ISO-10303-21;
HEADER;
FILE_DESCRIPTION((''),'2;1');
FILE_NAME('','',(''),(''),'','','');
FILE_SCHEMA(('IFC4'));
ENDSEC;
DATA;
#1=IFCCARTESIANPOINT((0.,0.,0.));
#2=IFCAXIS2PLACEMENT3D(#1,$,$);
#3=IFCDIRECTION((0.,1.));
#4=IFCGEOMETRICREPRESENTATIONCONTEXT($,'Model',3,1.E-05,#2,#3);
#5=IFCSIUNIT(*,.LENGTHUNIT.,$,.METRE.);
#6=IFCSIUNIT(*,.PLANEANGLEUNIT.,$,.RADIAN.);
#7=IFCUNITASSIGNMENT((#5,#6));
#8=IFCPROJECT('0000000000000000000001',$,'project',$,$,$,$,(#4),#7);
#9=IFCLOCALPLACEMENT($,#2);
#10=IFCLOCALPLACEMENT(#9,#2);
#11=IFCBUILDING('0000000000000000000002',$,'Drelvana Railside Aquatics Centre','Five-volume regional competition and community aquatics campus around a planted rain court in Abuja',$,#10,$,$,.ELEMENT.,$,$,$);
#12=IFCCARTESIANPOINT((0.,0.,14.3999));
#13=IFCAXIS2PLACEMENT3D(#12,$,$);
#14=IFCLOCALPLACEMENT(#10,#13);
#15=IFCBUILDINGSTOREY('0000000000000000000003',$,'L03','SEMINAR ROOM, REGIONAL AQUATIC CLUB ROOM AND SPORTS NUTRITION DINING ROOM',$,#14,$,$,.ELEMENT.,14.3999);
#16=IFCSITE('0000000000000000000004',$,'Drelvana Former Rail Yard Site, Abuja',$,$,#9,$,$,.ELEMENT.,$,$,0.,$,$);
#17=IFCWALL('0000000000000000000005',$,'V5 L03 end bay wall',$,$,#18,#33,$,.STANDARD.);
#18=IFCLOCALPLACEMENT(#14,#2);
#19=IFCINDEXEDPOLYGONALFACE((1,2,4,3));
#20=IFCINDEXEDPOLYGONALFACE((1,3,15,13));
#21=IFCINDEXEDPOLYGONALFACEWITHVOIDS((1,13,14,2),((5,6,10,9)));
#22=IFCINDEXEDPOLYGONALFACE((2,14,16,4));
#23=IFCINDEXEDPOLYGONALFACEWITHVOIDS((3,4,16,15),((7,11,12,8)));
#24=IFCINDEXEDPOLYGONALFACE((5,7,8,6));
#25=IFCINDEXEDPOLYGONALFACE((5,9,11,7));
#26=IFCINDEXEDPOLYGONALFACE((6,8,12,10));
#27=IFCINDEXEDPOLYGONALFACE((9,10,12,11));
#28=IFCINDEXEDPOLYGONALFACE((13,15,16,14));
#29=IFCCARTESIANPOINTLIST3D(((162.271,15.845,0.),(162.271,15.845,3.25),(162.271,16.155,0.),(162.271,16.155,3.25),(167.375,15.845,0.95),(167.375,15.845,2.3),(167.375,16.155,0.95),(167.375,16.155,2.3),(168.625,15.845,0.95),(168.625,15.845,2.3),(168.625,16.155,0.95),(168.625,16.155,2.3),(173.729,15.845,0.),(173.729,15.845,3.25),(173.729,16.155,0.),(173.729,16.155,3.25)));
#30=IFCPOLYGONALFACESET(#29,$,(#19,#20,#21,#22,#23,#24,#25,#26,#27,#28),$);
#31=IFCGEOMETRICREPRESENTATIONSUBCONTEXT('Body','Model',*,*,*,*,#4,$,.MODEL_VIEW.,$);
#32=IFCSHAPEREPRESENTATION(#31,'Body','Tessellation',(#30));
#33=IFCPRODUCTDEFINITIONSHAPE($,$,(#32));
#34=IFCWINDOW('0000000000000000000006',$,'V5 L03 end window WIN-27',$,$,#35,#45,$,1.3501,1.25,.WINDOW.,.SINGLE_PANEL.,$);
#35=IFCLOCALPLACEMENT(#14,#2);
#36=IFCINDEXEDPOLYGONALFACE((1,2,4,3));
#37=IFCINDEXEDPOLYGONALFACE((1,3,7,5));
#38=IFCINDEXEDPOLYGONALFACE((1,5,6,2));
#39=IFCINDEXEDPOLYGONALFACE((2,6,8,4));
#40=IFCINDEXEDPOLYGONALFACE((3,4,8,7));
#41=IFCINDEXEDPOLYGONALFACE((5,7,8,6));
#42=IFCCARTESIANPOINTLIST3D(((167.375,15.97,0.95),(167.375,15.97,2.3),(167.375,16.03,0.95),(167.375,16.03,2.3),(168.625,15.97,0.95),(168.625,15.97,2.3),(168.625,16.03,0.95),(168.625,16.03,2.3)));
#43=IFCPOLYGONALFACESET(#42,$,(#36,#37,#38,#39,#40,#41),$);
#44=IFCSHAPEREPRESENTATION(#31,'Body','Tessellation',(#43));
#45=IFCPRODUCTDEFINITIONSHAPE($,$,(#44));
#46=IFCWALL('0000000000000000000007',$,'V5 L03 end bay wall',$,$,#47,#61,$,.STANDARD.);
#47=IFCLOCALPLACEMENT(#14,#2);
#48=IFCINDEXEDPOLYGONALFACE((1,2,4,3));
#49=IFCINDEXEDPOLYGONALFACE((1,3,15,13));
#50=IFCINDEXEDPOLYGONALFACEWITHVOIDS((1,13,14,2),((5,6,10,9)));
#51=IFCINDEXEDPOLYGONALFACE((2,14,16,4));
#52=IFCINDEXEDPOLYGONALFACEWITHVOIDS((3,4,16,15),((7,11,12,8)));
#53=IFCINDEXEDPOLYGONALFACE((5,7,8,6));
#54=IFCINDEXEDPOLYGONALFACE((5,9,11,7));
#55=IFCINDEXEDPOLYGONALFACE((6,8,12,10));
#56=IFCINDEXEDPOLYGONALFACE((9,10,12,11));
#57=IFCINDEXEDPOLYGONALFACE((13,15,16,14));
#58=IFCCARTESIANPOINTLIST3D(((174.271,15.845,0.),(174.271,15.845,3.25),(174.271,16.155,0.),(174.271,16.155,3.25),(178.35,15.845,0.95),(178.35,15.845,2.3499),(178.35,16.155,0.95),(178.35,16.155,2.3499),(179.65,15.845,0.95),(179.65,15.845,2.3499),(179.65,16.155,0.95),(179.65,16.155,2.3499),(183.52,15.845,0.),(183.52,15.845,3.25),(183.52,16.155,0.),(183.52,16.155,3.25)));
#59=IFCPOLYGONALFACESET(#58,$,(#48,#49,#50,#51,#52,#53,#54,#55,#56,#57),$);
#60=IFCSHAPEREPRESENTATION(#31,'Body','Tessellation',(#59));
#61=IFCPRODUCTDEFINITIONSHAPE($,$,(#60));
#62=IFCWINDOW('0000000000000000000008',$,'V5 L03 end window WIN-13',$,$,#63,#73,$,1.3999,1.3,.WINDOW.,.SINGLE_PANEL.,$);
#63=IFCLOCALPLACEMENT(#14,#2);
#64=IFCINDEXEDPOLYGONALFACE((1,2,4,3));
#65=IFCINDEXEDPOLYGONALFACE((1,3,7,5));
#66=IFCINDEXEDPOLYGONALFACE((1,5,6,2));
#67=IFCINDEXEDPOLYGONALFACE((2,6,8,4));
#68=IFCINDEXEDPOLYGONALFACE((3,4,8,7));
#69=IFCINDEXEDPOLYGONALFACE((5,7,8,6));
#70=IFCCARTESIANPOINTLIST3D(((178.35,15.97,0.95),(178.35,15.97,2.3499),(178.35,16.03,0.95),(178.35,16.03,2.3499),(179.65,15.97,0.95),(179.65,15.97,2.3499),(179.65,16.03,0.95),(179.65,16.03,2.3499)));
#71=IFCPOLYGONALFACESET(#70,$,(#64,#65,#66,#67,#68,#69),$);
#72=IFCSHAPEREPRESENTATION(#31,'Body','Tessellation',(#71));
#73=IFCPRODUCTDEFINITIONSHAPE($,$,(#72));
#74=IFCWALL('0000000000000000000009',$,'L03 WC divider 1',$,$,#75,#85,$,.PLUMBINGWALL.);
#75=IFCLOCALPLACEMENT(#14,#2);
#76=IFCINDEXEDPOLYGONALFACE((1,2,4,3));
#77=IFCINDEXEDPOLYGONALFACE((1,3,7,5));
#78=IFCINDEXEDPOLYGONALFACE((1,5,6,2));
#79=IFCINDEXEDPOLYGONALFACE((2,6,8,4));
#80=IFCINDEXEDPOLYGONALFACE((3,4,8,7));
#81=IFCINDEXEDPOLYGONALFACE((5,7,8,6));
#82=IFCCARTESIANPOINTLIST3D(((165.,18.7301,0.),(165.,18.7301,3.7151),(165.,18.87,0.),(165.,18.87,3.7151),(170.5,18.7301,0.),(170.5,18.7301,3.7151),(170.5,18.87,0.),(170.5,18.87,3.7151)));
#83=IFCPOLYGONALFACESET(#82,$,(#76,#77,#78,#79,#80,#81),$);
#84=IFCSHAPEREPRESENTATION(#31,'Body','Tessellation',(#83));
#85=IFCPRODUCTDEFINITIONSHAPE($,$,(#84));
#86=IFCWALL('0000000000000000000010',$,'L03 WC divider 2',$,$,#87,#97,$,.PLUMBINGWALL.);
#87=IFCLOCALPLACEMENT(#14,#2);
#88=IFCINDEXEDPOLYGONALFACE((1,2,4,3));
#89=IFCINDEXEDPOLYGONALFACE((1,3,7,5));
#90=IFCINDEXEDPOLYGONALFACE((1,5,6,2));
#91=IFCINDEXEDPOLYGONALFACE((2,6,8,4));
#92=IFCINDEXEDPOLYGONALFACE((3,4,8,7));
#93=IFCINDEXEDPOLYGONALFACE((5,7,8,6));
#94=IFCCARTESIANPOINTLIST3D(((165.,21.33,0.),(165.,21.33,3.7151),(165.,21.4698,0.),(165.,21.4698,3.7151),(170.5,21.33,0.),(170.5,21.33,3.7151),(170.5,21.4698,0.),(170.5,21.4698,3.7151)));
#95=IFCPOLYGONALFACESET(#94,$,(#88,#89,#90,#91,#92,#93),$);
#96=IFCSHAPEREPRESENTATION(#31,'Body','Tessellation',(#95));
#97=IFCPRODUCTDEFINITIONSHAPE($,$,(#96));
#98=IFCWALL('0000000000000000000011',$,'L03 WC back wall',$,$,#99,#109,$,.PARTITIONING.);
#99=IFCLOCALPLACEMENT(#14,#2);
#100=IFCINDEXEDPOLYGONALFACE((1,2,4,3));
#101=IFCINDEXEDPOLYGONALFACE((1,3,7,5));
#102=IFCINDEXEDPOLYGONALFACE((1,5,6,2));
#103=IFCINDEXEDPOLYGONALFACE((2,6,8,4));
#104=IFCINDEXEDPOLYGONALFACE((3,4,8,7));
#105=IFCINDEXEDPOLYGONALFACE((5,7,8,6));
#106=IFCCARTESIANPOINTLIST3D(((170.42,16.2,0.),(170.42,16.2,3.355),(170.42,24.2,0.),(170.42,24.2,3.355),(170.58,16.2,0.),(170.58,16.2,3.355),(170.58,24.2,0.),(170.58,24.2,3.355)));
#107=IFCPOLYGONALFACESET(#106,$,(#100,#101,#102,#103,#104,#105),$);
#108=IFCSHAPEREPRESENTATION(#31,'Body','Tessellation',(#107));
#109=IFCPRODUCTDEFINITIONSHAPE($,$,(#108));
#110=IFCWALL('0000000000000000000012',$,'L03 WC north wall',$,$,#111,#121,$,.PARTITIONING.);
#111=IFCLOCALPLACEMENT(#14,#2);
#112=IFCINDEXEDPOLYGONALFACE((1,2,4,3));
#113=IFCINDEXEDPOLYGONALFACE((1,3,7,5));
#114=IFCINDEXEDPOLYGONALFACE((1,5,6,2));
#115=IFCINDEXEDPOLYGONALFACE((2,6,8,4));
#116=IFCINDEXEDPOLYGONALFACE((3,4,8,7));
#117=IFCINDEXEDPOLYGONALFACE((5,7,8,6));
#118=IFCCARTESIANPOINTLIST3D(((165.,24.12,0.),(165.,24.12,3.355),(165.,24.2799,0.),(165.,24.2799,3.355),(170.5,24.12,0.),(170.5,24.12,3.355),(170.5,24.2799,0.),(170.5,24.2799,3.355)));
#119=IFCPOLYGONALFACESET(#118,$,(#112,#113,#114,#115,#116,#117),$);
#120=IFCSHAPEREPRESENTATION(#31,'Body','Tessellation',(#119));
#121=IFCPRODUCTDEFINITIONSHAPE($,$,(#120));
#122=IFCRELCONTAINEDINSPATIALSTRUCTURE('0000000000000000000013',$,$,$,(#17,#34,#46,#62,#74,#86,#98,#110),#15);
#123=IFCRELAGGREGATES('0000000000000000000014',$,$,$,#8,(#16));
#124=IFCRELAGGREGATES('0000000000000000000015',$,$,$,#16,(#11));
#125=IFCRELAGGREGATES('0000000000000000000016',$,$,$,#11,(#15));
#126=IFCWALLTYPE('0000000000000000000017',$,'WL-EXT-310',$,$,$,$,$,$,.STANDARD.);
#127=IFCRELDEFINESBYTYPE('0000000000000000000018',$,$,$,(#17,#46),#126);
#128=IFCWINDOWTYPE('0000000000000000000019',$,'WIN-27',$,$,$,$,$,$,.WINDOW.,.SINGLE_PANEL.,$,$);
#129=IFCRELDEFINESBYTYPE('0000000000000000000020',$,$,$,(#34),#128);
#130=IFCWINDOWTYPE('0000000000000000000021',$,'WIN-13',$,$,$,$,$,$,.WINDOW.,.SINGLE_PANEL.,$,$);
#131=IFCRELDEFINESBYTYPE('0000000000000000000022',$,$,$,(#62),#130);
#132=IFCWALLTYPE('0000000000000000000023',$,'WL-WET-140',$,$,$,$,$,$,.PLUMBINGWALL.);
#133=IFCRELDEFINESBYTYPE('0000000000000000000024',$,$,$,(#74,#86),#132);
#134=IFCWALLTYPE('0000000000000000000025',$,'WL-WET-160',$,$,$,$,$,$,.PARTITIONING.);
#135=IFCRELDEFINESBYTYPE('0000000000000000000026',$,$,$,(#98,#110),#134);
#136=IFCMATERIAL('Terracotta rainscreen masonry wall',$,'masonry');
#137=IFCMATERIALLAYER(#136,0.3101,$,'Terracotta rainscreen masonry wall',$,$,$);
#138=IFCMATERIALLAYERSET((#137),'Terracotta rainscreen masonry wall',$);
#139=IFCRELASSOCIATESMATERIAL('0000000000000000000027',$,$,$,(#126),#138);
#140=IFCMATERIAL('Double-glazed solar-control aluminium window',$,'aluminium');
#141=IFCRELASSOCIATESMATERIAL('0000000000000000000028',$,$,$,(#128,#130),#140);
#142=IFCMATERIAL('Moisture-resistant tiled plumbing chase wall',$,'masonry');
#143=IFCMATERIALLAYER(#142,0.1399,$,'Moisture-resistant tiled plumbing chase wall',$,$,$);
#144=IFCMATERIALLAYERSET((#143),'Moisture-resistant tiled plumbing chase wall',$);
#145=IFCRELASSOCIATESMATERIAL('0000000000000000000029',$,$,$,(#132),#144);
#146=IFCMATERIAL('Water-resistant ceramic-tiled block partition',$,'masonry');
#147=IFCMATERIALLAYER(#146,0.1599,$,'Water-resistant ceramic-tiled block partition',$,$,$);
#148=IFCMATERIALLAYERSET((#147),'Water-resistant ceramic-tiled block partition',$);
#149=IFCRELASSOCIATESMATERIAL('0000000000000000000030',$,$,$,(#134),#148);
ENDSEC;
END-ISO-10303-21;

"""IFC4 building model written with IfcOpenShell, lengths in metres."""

from ifc_helpers import new_model, si_unit, direction, frame, frame_2d, origin, place, context, subcontext, project, spatial, rectangle, extrude, material, layer, layer_set, type_object, element, fill, save


model = new_model("IFC4")

# Units and contexts
model_context = context("Model", 3, precision=1e-05, world=origin(), true_north=direction((0.0, 1.0)))
body_context = subcontext(model_context, "Body", "Model", "MODEL_VIEW")
ifc_project = project(units=[si_unit("LENGTHUNIT", "METRE"), si_unit("PLANEANGLEUNIT", "RADIAN")], contexts=[model_context])

# Site, building, storey
site_placement = place(None, origin())
site = spatial("IfcSite", under=ifc_project, at=site_placement, Name="Drelvana Former Rail Yard Site, Abuja", CompositionType="ELEMENT", RefElevation=0.0)
building_placement = place(site_placement, origin())
building = spatial("IfcBuilding", under=site, at=building_placement, Name="Drelvana Railside Aquatics Centre", Description="Five-volume regional competition and community aquatics campus around a planted rain court in Abuja", CompositionType="ELEMENT")
storey_placement = place(building_placement, frame((0.0, 0.0, 14.3999)))
storey = spatial("IfcBuildingStorey", under=building, at=storey_placement, Name="L03", Description="SEMINAR ROOM, REGIONAL AQUATIC CLUB ROOM AND SPORTS NUTRITION DINING ROOM", CompositionType="ELEMENT", Elevation=14.3999)

# Walls, openings, windows
ifc_material_1 = material(Name="Terracotta rainscreen masonry wall", Category="masonry")
ifc_layer_1 = layer(ifc_material_1, 0.3101, Name="Terracotta rainscreen masonry wall")
ifc_layer_set_1 = layer_set([ifc_layer_1], Name="Terracotta rainscreen masonry wall")
wall_type_1 = type_object("IfcWallType", Name="WL-EXT-310", PredefinedType="STANDARD", material=ifc_layer_set_1)
wall_1_placement = place(storey_placement, frame((162.271, 16.0, 0.0), z_axis=(0.0, 0.0, 1.0), x_axis=(1.0, 0.0, 0.0)))
wall_1 = element("IfcWall", 1, at=wall_1_placement, inside=storey, type_object=wall_type_1, Name="V5 L03 end bay wall", PredefinedType="STANDARD", context=body_context, shape_type="SweptSolid", body=[
    extrude(rectangle(XDim=11.458, YDim=0.3101, at=frame_2d((5.729, 0.0))), origin(), (0.0, 0.0, 1.0), 3.25),
])
opening_1_placement = place(wall_1_placement, frame((5.104, 0.0, 0.95)))
opening_1 = element("IfcOpeningElement", 2, at=opening_1_placement, cuts=wall_1, PredefinedType="OPENING", context=body_context, shape_type="SweptSolid", body=[
    extrude(rectangle(XDim=1.25, YDim=1.3501, at=frame_2d((0.625, 0.675))), frame((0.0, 0.165, 0.0), z_axis=(0.0, -1.0, 0.0), x_axis=(1.0, 0.0, 0.0)), (0.0, 0.0, 1.0), 0.3301),
])
ifc_material_2 = material(Name="Double-glazed solar-control aluminium window", Category="aluminium")
window_type_1 = type_object("IfcWindowType", Name="WIN-27", PartitioningType="SINGLE_PANEL", PredefinedType="WINDOW", material=ifc_material_2)
window_1_placement = place(opening_1_placement, origin())
window_1 = element("IfcWindow", 3, at=window_1_placement, inside=storey, type_object=window_type_1, Name="V5 L03 end window WIN-27", OverallHeight=1.3501, OverallWidth=1.25, PartitioningType="SINGLE_PANEL", PredefinedType="WINDOW", context=body_context, shape_type="SweptSolid", body=[
    extrude(rectangle(XDim=1.25, YDim=1.3501, at=frame_2d((0.625, 0.675))), frame((0.0, 0.03, 0.0), z_axis=(0.0, -1.0, 0.0), x_axis=(1.0, 0.0, 0.0)), (0.0, 0.0, 1.0), 0.0601),
])
fill(opening_1, window_1)
wall_2_placement = place(storey_placement, frame((174.271, 16.0, 0.0), z_axis=(0.0, 0.0, 1.0), x_axis=(1.0, 0.0, 0.0)))
wall_2 = element("IfcWall", 4, at=wall_2_placement, inside=storey, type_object=wall_type_1, Name="V5 L03 end bay wall", PredefinedType="STANDARD", context=body_context, shape_type="SweptSolid", body=[
    extrude(rectangle(XDim=9.249, YDim=0.3101, at=frame_2d((4.6245, 0.0))), origin(), (0.0, 0.0, 1.0), 3.25),
])
opening_2_placement = place(wall_2_placement, frame((4.0791, 0.0, 0.95)))
opening_2 = element("IfcOpeningElement", 5, at=opening_2_placement, cuts=wall_2, PredefinedType="OPENING", context=body_context, shape_type="SweptSolid", body=[
    extrude(rectangle(XDim=1.3, YDim=1.3999, at=frame_2d((0.6499, 0.7))), frame((0.0, 0.165, 0.0), z_axis=(0.0, -1.0, 0.0), x_axis=(1.0, 0.0, 0.0)), (0.0, 0.0, 1.0), 0.3301),
])
window_type_2 = type_object("IfcWindowType", Name="WIN-13", PartitioningType="SINGLE_PANEL", PredefinedType="WINDOW", material=ifc_material_2)
window_2_placement = place(opening_2_placement, origin())
window_2 = element("IfcWindow", 6, at=window_2_placement, inside=storey, type_object=window_type_2, Name="V5 L03 end window WIN-13", OverallHeight=1.3999, OverallWidth=1.3, PartitioningType="SINGLE_PANEL", PredefinedType="WINDOW", context=body_context, shape_type="SweptSolid", body=[
    extrude(rectangle(XDim=1.3, YDim=1.3999, at=frame_2d((0.6499, 0.7))), frame((0.0, 0.03, 0.0), z_axis=(0.0, -1.0, 0.0), x_axis=(1.0, 0.0, 0.0)), (0.0, 0.0, 1.0), 0.0601),
])
fill(opening_2, window_2)

# Walls
ifc_material_3 = material(Name="Moisture-resistant tiled plumbing chase wall", Category="masonry")
ifc_layer_2 = layer(ifc_material_3, 0.1399, Name="Moisture-resistant tiled plumbing chase wall")
ifc_layer_set_2 = layer_set([ifc_layer_2], Name="Moisture-resistant tiled plumbing chase wall")
wall_type_2 = type_object("IfcWallType", Name="WL-WET-140", PredefinedType="PLUMBINGWALL", material=ifc_layer_set_2)
for number, where, z_axis, x_axis, name in (
    (7, (165.0, 18.8, 0.0), (0.0, 0.0, 1.0), (1.0, 0.0, 0.0), "L03 WC divider 1"),
    (8, (165.0, 21.3999, 0.0), (0.0, 0.0, 1.0), (1.0, 0.0, 0.0), "L03 WC divider 2"),
):
    element("IfcWall", number, at=place(storey_placement, frame(where, z_axis=z_axis, x_axis=x_axis)), inside=storey, type_object=wall_type_2, Name=name, PredefinedType="PLUMBINGWALL", context=body_context, shape_type="SweptSolid", body=[
        extrude(rectangle(XDim=5.5, YDim=0.1399, at=frame_2d((2.75, 0.0))), origin(), (0.0, 0.0, 1.0), 3.7151),
    ])
ifc_material_4 = material(Name="Water-resistant ceramic-tiled block partition", Category="masonry")
ifc_layer_3 = layer(ifc_material_4, 0.1599, Name="Water-resistant ceramic-tiled block partition")
ifc_layer_set_3 = layer_set([ifc_layer_3], Name="Water-resistant ceramic-tiled block partition")
wall_type_3 = type_object("IfcWallType", Name="WL-WET-160", PredefinedType="PARTITIONING", material=ifc_layer_set_3)
wall_3_placement = place(storey_placement, frame((170.5, 16.2, 0.0), z_axis=(0.0, 0.0, 1.0), x_axis=(0.0, 1.0, 0.0)))
element("IfcWall", 9, at=wall_3_placement, inside=storey, type_object=wall_type_3, Name="L03 WC back wall", PredefinedType="PARTITIONING", context=body_context, shape_type="SweptSolid", body=[
    extrude(rectangle(XDim=8.0, YDim=0.1599, at=frame_2d((4.0, 0.0))), origin(), (0.0, 0.0, 1.0), 3.355),
])
wall_4_placement = place(storey_placement, frame((165.0, 24.2, 0.0), z_axis=(0.0, 0.0, 1.0), x_axis=(1.0, 0.0, 0.0)))
element("IfcWall", 10, at=wall_4_placement, inside=storey, type_object=wall_type_3, Name="L03 WC north wall", PredefinedType="PARTITIONING", context=body_context, shape_type="SweptSolid", body=[
    extrude(rectangle(XDim=5.5, YDim=0.1599, at=frame_2d((2.75, 0.0))), origin(), (0.0, 0.0, 1.0), 3.355),
])

save(model, "model.ifc")
